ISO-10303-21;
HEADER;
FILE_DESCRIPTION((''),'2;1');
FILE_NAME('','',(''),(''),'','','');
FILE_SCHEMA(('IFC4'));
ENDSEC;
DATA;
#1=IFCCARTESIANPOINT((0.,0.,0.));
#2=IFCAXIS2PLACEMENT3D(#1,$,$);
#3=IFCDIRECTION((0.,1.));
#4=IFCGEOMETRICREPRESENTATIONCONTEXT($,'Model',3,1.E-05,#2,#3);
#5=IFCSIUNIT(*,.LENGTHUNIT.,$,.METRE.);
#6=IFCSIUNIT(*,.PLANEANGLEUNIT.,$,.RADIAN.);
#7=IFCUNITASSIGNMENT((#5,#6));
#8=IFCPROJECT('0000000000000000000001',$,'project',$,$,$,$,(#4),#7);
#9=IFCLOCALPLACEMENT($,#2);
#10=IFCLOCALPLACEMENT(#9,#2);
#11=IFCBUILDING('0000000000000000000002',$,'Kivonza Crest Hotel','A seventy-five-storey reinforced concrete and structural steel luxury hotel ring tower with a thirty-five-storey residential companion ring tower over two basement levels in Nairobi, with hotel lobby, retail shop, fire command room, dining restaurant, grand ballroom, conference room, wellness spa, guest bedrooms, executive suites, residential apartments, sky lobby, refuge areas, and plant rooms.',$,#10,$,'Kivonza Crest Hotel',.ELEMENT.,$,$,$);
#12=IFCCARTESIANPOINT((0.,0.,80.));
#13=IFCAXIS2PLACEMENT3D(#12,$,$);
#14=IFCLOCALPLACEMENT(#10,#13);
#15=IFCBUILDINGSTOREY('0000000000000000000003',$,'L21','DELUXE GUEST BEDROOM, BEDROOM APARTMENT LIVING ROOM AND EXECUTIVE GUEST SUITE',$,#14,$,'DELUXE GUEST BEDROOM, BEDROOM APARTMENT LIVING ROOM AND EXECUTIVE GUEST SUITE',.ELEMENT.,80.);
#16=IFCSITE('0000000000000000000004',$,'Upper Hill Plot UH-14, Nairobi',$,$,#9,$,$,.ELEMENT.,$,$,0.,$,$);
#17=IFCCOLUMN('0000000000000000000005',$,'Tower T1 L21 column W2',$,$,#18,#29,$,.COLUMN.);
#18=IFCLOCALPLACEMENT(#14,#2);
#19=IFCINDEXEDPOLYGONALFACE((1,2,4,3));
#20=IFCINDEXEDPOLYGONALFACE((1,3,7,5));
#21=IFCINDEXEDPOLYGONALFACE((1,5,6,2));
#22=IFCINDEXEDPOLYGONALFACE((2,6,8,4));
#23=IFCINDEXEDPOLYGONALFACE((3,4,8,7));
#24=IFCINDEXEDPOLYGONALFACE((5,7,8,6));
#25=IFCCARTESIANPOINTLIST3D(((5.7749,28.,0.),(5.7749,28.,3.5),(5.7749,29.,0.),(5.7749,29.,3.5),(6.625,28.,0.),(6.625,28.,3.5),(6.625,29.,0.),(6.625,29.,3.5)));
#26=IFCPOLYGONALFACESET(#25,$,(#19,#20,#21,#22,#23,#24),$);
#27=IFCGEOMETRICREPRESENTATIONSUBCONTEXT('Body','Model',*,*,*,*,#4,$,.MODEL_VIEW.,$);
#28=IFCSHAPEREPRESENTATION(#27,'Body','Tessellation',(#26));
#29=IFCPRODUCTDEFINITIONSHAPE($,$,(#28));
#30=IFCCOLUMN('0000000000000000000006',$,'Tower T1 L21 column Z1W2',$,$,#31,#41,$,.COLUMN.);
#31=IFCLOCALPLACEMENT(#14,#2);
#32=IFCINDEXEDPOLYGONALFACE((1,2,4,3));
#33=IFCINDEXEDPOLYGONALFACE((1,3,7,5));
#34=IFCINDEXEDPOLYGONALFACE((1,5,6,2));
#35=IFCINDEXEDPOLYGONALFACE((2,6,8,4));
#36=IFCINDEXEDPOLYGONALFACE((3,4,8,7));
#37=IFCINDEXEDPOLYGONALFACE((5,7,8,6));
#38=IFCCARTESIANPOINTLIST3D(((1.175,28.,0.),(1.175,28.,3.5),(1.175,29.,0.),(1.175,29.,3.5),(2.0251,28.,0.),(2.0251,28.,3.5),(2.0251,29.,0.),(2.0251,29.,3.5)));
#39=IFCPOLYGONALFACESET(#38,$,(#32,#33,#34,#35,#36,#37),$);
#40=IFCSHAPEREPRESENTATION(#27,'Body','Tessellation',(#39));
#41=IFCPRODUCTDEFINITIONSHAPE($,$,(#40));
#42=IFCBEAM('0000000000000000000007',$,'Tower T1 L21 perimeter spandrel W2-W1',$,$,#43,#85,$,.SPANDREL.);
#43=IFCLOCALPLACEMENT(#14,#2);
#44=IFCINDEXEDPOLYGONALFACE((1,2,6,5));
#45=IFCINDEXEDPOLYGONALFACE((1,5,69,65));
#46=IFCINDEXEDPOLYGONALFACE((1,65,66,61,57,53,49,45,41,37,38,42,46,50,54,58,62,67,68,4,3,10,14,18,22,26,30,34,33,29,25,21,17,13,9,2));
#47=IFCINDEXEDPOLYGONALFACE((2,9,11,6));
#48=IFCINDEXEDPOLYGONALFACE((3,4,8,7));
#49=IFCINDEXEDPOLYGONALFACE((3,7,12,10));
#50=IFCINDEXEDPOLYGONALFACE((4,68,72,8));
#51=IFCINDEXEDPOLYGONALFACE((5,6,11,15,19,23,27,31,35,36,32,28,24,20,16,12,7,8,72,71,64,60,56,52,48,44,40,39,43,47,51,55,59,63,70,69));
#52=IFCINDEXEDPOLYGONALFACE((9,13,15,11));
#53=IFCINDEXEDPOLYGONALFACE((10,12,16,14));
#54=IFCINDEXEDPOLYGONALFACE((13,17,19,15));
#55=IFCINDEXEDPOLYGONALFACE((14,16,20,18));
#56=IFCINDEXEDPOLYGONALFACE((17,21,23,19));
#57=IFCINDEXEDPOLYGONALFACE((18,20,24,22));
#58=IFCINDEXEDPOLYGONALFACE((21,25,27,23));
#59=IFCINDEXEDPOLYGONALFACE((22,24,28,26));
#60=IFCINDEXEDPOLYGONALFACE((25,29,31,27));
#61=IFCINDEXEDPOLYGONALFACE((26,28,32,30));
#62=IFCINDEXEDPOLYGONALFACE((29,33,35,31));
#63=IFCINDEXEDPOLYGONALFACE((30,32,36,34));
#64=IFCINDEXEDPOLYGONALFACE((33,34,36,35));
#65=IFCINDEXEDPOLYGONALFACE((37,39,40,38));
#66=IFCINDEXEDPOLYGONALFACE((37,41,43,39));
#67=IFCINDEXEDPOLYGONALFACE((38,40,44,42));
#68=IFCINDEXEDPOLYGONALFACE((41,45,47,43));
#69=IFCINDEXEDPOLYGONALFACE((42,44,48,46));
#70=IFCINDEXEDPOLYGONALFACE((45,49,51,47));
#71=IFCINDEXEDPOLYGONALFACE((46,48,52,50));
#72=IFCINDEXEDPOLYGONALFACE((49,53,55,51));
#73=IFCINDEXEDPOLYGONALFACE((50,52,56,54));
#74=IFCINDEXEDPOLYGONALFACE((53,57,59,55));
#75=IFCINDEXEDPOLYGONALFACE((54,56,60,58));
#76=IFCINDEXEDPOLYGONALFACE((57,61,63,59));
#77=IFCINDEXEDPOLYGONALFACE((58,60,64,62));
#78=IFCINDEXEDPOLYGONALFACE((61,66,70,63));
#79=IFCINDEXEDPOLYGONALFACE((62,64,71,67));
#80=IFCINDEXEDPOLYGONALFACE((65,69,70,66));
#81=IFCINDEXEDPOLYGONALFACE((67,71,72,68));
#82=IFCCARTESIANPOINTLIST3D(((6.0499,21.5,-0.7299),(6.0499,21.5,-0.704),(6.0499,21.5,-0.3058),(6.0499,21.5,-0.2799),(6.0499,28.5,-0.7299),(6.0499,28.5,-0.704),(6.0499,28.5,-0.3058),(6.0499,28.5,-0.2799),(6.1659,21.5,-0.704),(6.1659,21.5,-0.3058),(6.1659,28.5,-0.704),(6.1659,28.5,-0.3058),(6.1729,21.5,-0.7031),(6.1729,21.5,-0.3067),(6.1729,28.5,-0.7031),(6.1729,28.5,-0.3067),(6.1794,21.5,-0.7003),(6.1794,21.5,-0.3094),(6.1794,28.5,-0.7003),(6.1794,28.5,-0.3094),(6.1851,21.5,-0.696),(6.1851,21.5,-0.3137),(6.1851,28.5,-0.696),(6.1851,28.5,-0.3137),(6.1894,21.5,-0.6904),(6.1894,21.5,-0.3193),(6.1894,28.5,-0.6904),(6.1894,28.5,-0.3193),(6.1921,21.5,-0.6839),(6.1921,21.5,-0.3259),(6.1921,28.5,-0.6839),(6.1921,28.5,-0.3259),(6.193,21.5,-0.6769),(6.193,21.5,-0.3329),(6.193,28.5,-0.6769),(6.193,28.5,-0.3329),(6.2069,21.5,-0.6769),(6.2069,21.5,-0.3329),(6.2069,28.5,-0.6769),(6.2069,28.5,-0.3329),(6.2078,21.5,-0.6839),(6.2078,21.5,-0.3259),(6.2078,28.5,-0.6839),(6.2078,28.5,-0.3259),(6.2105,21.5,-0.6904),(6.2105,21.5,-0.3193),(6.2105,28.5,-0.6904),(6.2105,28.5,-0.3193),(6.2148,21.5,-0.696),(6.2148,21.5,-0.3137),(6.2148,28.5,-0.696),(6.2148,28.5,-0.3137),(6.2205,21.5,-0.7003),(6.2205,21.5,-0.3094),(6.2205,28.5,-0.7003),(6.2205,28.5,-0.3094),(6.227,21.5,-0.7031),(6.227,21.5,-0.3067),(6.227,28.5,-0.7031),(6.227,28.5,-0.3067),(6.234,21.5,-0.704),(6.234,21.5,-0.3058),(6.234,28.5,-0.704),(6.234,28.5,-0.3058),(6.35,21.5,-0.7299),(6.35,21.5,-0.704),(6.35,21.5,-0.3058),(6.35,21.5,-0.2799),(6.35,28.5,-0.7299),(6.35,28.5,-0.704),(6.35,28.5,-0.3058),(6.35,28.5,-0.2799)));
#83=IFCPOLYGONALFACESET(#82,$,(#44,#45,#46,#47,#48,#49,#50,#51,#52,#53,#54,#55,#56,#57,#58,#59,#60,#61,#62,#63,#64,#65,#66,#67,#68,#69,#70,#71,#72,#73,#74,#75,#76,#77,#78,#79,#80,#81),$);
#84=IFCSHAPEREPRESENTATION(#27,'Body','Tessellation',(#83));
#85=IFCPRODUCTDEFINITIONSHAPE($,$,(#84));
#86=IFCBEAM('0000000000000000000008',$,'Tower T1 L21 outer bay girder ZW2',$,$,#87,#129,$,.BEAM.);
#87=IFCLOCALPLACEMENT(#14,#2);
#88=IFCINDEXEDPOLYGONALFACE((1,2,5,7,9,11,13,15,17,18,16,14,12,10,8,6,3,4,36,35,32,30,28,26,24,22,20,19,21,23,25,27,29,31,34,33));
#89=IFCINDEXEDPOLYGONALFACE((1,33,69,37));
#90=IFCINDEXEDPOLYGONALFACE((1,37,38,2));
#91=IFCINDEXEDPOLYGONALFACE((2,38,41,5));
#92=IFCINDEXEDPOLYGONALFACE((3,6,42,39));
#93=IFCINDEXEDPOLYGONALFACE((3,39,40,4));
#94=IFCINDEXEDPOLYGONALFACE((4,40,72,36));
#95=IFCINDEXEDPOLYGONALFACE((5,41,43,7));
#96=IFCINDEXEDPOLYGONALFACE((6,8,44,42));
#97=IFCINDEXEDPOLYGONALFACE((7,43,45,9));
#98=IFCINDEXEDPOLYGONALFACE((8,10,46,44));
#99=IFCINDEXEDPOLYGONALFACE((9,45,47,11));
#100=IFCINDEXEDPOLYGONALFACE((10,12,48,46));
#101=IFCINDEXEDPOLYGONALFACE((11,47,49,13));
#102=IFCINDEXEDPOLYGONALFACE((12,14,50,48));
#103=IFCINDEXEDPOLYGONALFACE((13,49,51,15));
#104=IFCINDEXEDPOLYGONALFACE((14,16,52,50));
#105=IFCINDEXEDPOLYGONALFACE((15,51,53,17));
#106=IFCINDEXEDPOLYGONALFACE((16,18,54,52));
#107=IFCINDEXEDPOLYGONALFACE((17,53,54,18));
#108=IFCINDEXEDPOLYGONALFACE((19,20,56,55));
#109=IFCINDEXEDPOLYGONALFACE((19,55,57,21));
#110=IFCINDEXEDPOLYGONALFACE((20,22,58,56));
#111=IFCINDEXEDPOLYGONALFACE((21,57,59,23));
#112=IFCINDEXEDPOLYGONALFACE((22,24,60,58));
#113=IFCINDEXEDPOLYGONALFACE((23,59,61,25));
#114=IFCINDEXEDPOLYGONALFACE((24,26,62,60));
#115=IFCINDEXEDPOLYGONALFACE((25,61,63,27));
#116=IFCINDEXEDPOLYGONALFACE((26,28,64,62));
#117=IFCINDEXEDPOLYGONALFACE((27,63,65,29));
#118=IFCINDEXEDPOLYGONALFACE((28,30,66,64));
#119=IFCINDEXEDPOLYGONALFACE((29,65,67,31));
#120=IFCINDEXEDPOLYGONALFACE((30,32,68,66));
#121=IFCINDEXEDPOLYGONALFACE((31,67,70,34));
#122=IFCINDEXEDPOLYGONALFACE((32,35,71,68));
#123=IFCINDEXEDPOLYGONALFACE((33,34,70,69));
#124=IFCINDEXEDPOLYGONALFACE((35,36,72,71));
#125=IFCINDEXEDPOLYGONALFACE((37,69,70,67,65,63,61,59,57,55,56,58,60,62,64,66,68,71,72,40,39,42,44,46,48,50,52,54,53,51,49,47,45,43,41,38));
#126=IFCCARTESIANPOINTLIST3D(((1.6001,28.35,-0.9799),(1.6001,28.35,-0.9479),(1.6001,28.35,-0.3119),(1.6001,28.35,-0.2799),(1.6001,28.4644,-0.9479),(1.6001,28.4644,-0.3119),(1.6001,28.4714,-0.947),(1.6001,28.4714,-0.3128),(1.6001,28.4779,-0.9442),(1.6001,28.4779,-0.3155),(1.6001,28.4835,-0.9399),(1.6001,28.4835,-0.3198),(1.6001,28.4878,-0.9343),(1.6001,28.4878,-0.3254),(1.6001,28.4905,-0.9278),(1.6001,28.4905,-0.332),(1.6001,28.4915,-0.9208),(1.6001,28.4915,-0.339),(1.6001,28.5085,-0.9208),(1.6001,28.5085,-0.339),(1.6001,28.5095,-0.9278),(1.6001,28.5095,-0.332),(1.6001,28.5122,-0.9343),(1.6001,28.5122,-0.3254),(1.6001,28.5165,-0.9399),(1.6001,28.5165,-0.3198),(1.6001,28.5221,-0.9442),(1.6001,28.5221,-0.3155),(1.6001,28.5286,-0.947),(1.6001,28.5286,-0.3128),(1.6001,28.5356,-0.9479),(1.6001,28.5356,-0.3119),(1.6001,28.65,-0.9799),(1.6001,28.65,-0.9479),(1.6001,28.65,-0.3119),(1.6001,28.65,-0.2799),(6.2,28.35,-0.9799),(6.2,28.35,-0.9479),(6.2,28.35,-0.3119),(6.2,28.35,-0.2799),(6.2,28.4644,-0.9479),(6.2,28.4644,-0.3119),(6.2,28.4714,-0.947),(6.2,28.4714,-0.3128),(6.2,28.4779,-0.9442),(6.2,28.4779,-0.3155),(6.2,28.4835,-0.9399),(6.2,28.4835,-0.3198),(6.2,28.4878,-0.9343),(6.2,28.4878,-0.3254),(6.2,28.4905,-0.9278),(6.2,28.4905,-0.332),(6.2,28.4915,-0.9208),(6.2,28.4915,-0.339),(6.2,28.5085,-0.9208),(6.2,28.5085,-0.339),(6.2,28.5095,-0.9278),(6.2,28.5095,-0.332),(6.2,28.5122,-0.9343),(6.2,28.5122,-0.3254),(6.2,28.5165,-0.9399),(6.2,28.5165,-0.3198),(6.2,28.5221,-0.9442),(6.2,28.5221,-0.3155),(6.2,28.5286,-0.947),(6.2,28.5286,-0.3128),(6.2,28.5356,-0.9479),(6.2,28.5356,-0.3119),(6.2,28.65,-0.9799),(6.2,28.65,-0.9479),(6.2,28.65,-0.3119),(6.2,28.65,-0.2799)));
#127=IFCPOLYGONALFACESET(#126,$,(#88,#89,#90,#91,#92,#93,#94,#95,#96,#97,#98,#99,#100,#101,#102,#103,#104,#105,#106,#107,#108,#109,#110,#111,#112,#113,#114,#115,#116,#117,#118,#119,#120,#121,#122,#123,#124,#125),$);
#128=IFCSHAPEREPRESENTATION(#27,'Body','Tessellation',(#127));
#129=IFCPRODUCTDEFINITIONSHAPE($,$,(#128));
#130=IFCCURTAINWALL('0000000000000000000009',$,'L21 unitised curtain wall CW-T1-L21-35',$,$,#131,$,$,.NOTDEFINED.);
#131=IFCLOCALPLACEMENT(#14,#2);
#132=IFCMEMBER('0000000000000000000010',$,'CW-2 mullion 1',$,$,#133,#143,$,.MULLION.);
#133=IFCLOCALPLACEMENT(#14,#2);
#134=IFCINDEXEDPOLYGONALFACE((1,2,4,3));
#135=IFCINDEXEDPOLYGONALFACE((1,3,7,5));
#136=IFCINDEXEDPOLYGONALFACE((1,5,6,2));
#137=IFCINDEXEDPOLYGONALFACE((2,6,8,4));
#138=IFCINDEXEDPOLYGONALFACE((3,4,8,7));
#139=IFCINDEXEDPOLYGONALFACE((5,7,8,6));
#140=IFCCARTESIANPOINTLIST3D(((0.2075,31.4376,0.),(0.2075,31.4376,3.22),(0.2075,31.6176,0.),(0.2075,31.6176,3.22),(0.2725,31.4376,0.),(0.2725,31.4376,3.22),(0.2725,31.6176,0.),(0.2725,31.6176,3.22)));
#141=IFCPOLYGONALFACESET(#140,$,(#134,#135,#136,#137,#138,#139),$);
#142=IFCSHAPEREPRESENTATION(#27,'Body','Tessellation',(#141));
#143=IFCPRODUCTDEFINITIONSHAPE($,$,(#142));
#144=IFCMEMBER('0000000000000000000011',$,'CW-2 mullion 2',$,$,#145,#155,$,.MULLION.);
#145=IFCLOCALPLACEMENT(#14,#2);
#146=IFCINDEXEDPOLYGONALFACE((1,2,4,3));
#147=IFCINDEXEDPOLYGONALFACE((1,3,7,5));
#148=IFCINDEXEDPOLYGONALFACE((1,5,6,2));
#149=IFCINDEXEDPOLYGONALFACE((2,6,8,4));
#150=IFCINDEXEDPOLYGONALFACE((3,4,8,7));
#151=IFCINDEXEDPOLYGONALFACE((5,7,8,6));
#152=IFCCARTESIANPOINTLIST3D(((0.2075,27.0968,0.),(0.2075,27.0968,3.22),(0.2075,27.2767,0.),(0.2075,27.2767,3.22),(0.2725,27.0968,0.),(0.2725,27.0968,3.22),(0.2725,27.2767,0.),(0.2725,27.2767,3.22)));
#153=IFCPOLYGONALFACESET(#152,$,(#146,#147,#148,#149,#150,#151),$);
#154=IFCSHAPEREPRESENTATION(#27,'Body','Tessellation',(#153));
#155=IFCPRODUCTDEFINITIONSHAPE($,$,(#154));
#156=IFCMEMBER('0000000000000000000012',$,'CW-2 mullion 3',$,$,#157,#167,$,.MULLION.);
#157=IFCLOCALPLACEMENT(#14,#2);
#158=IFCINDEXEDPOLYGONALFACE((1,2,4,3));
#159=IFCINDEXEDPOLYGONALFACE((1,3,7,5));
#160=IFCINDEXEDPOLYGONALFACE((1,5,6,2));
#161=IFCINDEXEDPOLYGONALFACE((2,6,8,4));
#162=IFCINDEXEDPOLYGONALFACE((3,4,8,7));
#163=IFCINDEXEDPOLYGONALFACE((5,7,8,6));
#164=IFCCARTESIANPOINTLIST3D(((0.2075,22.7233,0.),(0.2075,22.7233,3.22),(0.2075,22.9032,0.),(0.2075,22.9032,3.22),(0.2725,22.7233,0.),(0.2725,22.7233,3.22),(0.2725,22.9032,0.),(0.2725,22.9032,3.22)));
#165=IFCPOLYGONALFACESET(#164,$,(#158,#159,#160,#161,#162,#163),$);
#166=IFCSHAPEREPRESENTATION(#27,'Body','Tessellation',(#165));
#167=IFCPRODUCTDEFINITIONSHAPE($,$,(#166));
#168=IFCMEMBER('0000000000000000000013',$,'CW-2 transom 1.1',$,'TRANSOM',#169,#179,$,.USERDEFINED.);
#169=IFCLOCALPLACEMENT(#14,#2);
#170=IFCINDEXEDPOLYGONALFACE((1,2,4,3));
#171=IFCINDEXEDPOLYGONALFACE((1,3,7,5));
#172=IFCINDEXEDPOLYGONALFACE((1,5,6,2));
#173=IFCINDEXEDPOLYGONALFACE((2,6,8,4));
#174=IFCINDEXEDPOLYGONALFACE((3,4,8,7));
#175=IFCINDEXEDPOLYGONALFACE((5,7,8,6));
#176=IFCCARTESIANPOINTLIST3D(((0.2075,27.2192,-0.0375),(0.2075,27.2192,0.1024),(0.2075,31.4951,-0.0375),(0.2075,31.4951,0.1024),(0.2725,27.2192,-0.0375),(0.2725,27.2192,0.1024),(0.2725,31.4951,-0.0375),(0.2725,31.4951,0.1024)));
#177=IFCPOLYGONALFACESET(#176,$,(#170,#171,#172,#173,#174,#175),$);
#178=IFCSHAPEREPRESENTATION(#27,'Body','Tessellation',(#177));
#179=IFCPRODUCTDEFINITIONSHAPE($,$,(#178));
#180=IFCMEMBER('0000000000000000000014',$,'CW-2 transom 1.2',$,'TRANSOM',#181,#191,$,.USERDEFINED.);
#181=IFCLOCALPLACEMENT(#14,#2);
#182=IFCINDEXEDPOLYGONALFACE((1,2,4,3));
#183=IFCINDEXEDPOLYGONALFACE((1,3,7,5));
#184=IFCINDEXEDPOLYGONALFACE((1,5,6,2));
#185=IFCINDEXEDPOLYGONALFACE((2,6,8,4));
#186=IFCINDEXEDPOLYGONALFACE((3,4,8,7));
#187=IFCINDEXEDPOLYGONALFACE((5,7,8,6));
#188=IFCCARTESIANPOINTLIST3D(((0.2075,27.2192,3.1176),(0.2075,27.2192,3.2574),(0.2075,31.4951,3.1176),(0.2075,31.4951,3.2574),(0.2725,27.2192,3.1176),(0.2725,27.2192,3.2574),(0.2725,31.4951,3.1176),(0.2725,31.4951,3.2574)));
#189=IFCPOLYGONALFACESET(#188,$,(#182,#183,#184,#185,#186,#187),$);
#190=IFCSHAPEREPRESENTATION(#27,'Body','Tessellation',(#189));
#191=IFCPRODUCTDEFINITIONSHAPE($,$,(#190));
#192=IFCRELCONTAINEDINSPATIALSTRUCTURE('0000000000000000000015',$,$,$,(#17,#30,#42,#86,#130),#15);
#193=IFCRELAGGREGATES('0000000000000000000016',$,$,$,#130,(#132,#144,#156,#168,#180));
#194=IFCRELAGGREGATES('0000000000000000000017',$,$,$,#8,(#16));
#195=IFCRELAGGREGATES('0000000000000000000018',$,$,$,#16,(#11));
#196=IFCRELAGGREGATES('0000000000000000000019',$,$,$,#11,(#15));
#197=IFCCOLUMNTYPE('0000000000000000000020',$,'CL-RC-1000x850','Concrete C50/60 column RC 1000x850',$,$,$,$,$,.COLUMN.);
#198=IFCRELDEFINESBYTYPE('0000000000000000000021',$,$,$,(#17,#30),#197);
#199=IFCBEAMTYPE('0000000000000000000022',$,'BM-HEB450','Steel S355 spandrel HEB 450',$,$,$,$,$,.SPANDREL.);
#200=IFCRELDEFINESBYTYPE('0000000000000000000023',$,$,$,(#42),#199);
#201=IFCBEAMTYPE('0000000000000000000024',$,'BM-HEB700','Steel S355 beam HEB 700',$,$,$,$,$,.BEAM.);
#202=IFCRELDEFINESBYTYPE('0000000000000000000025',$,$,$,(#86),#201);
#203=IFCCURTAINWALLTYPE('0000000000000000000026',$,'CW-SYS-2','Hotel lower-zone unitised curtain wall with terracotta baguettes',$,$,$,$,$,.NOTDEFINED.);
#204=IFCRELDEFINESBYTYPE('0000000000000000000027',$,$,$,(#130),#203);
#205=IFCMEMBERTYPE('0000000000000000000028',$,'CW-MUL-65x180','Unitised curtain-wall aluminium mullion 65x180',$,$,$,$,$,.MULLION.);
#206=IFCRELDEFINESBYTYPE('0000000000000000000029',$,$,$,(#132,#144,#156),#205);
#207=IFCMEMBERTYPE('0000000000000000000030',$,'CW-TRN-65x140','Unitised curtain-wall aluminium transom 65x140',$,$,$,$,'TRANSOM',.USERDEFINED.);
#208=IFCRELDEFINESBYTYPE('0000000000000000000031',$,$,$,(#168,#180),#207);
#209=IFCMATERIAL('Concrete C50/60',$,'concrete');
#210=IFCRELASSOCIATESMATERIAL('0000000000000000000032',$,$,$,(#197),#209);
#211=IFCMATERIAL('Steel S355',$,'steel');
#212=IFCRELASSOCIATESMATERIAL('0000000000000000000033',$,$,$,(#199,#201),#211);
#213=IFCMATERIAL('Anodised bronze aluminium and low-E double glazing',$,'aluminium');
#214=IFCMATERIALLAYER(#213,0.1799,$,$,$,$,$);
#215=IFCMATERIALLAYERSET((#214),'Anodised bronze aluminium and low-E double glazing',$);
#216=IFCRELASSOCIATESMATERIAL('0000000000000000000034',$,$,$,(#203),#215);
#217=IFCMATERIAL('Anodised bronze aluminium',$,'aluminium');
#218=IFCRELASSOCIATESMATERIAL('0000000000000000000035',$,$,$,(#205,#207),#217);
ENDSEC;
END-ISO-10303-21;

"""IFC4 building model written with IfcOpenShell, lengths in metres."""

from ifc_helpers import new_model, si_unit, direction, frame, origin, origin_2d, place, context, subcontext, project, spatial, rectangle, i_section, extrude, material, layer, layer_set, material_profile, profile_set, type_object, element, aggregate, save


model = new_model("IFC4")

# Units and contexts
model_context = context("Model", 3, precision=1e-05, world=origin(), true_north=direction((0.0, 1.0)))
body_context = subcontext(model_context, "Body", "Model", "MODEL_VIEW")
ifc_project = project(units=[si_unit("LENGTHUNIT", "METRE"), si_unit("PLANEANGLEUNIT", "RADIAN")], contexts=[model_context])

# Site, building, storey
site_placement = place(None, origin())
site = spatial("IfcSite", under=ifc_project, at=site_placement, Name="Upper Hill Plot UH-14, Nairobi", CompositionType="ELEMENT", RefElevation=0.0)
building_placement = place(site_placement, origin())
building = spatial("IfcBuilding", under=site, at=building_placement, Name="Kivonza Crest Hotel", Description="A seventy-five-storey reinforced concrete and structural steel luxury hotel ring tower with a thirty-five-storey residential companion ring tower over two basement levels in Nairobi, with hotel lobby, retail shop, fire command room, dining restaurant, grand ballroom, conference room, wellness spa, guest bedrooms, executive suites, residential apartments, sky lobby, refuge areas, and plant rooms.", LongName="Kivonza Crest Hotel", CompositionType="ELEMENT")
storey_placement = place(building_placement, frame((0.0, 0.0, 80.0)))
storey = spatial("IfcBuildingStorey", under=building, at=storey_placement, Name="L21", Description="DELUXE GUEST BEDROOM, BEDROOM APARTMENT LIVING ROOM AND EXECUTIVE GUEST SUITE", LongName="DELUXE GUEST BEDROOM, BEDROOM APARTMENT LIVING ROOM AND EXECUTIVE GUEST SUITE", CompositionType="ELEMENT", Elevation=80.0)

# Columns
ifc_material_1 = material(Name="Concrete C50/60", Category="concrete")
ifc_material_profile_1 = material_profile(ifc_material_1, rectangle(XDim=0.8501, YDim=1.0, at=origin_2d()), Name="RC 1000x850")
ifc_profile_set_1 = profile_set([ifc_material_profile_1], Name="Concrete C50/60")
column_type = type_object("IfcColumnType", Name="CL-RC-1000x850", Description="Concrete C50/60 column RC 1000x850", PredefinedType="COLUMN", material=ifc_profile_set_1)
for number, where, z_axis, x_axis, name in (
    (1, (6.2, 28.5, 0.0), (0.0, 0.0, 1.0), (1.0, 0.0, 0.0), "Tower T1 L21 column W2"),
    (2, (1.6001, 28.5, 0.0), (0.0, 0.0, 1.0), (1.0, 0.0, 0.0), "Tower T1 L21 column Z1W2"),
):
    element("IfcColumn", number, at=place(storey_placement, frame(where, z_axis=z_axis, x_axis=x_axis)), inside=storey, type_object=column_type, Name=name, PredefinedType="COLUMN", context=body_context, shape_type="SweptSolid", body=[
        extrude(rectangle(XDim=0.8501, YDim=1.0, at=origin_2d()), origin(), (0.0, 0.0, 1.0), 3.5),
    ])

# Beams
ifc_material_2 = material(Name="Steel S355", Category="steel")
ifc_material_profile_2 = material_profile(ifc_material_2, i_section(OverallWidth=0.3, OverallDepth=0.45, WebThickness=0.0139, FlangeThickness=0.0259, FilletRadius=0.0271, at=origin_2d()), Name="HEB 450")
ifc_profile_set_2 = profile_set([ifc_material_profile_2], Name="Steel S355")
beam_type_1 = type_object("IfcBeamType", Name="BM-HEB450", Description="Steel S355 spandrel HEB 450", PredefinedType="SPANDREL", material=ifc_profile_set_2)
beam_1_placement = place(storey_placement, frame((6.2, 28.5, -0.5049), z_axis=(0.0, -1.0, 0.0), x_axis=(1.0, 0.0, 0.0)))
element("IfcBeam", 3, at=beam_1_placement, inside=storey, type_object=beam_type_1, Name="Tower T1 L21 perimeter spandrel W2-W1", PredefinedType="SPANDREL", context=body_context, shape_type="SweptSolid", body=[
    extrude(i_section(OverallWidth=0.3, OverallDepth=0.45, WebThickness=0.0139, FlangeThickness=0.0259, FilletRadius=0.0271, at=origin_2d()), origin(), (0.0, 0.0, 1.0), 7.0),
])
ifc_material_profile_3 = material_profile(ifc_material_2, i_section(OverallWidth=0.3, OverallDepth=0.7, WebThickness=0.0171, FlangeThickness=0.032, FilletRadius=0.0271, at=origin_2d()), Name="HEB 700")
ifc_profile_set_3 = profile_set([ifc_material_profile_3], Name="Steel S355")
beam_type_2 = type_object("IfcBeamType", Name="BM-HEB700", Description="Steel S355 beam HEB 700", PredefinedType="BEAM", material=ifc_profile_set_3)
beam_2_placement = place(storey_placement, frame((1.6001, 28.5, -0.6299), z_axis=(1.0, 0.0, 0.0), x_axis=(0.0, 1.0, 0.0)))
element("IfcBeam", 4, at=beam_2_placement, inside=storey, type_object=beam_type_2, Name="Tower T1 L21 outer bay girder ZW2", PredefinedType="BEAM", context=body_context, shape_type="SweptSolid", body=[
    extrude(i_section(OverallWidth=0.3, OverallDepth=0.7, WebThickness=0.0171, FlangeThickness=0.032, FilletRadius=0.0271, at=origin_2d()), origin(), (0.0, 0.0, 1.0), 4.5999),
])

# Curtain wall, members
ifc_material_3 = material(Name="Anodised bronze aluminium and low-E double glazing", Category="aluminium")
ifc_layer_1 = layer(ifc_material_3, 0.1799)
ifc_layer_set_1 = layer_set([ifc_layer_1], Name="Anodised bronze aluminium and low-E double glazing")
curtain_wall_type = type_object("IfcCurtainWallType", Name="CW-SYS-2", Description="Hotel lower-zone unitised curtain wall with terracotta baguettes", PredefinedType="NOTDEFINED", material=ifc_layer_set_1)
curtain_wall_placement = place(storey_placement, origin())
curtain_wall = element("IfcCurtainWall", 5, at=curtain_wall_placement, inside=storey, type_object=curtain_wall_type, Name="L21 unitised curtain wall CW-T1-L21-35", PredefinedType="NOTDEFINED")
ifc_material_4 = material(Name="Anodised bronze aluminium", Category="aluminium")
ifc_material_profile_4 = material_profile(ifc_material_4, rectangle(XDim=0.0649, YDim=0.1799, at=origin_2d()), Name="CW-M 65x180")
ifc_profile_set_4 = profile_set([ifc_material_profile_4], Name="Anodised bronze aluminium")
member_type_1 = type_object("IfcMemberType", Name="CW-MUL-65x180", Description="Unitised curtain-wall aluminium mullion 65x180", PredefinedType="MULLION", material=ifc_profile_set_4)
member_1_placement = place(storey_placement, frame((0.24, 31.5276, 0.0), z_axis=(0.0, 0.0, 1.0), x_axis=(1.0, 0.0, 0.0)))
member_1 = element("IfcMember", 6, at=member_1_placement, type_object=member_type_1, Name="CW-2 mullion 1", PredefinedType="MULLION", context=body_context, shape_type="SweptSolid", body=[
    extrude(rectangle(XDim=0.0649, YDim=0.1799, at=origin_2d()), origin(), (0.0, 0.0, 1.0), 3.22),
])
member_2_placement = place(storey_placement, frame((0.24, 27.1868, 0.0), z_axis=(0.0, 0.0, 1.0), x_axis=(1.0, 0.0, 0.0)))
member_2 = element("IfcMember", 7, at=member_2_placement, type_object=member_type_1, Name="CW-2 mullion 2", PredefinedType="MULLION", context=body_context, shape_type="SweptSolid", body=[
    extrude(rectangle(XDim=0.0649, YDim=0.1799, at=origin_2d()), origin(), (0.0, 0.0, 1.0), 3.22),
])
member_3_placement = place(storey_placement, frame((0.24, 22.8132, 0.0), z_axis=(0.0, 0.0, 1.0), x_axis=(1.0, 0.0, 0.0)))
member_3 = element("IfcMember", 8, at=member_3_placement, type_object=member_type_1, Name="CW-2 mullion 3", PredefinedType="MULLION", context=body_context, shape_type="SweptSolid", body=[
    extrude(rectangle(XDim=0.0649, YDim=0.1799, at=origin_2d()), origin(), (0.0, 0.0, 1.0), 3.22),
])
ifc_material_profile_5 = material_profile(ifc_material_4, rectangle(XDim=0.0649, YDim=0.1399, at=origin_2d()), Name="CW-T 65x140")
ifc_profile_set_5 = profile_set([ifc_material_profile_5], Name="Anodised bronze aluminium")
member_type_2 = type_object("IfcMemberType", Name="CW-TRN-65x140", Description="Unitised curtain-wall aluminium transom 65x140", ElementType="TRANSOM", PredefinedType="USERDEFINED", material=ifc_profile_set_5)
member_4_placement = place(storey_placement, frame((0.24, 31.4951, 0.0325), z_axis=(0.0, -1.0, 0.0), x_axis=(1.0, 0.0, 0.0)))
member_4 = element("IfcMember", 9, at=member_4_placement, type_object=member_type_2, Name="CW-2 transom 1.1", ObjectType="TRANSOM", PredefinedType="USERDEFINED", context=body_context, shape_type="SweptSolid", body=[
    extrude(rectangle(XDim=0.0649, YDim=0.1399, at=origin_2d()), origin(), (0.0, 0.0, 1.0), 4.2759),
])
member_5_placement = place(storey_placement, frame((0.24, 31.4951, 3.1875), z_axis=(0.0, -1.0, 0.0), x_axis=(1.0, 0.0, 0.0)))
member_5 = element("IfcMember", 10, at=member_5_placement, type_object=member_type_2, Name="CW-2 transom 1.2", ObjectType="TRANSOM", PredefinedType="USERDEFINED", context=body_context, shape_type="SweptSolid", body=[
    extrude(rectangle(XDim=0.0649, YDim=0.1399, at=origin_2d()), origin(), (0.0, 0.0, 1.0), 4.2759),
])
aggregate(curtain_wall, [member_1, member_2, member_3, member_4, member_5])

save(model, "model.ifc")
